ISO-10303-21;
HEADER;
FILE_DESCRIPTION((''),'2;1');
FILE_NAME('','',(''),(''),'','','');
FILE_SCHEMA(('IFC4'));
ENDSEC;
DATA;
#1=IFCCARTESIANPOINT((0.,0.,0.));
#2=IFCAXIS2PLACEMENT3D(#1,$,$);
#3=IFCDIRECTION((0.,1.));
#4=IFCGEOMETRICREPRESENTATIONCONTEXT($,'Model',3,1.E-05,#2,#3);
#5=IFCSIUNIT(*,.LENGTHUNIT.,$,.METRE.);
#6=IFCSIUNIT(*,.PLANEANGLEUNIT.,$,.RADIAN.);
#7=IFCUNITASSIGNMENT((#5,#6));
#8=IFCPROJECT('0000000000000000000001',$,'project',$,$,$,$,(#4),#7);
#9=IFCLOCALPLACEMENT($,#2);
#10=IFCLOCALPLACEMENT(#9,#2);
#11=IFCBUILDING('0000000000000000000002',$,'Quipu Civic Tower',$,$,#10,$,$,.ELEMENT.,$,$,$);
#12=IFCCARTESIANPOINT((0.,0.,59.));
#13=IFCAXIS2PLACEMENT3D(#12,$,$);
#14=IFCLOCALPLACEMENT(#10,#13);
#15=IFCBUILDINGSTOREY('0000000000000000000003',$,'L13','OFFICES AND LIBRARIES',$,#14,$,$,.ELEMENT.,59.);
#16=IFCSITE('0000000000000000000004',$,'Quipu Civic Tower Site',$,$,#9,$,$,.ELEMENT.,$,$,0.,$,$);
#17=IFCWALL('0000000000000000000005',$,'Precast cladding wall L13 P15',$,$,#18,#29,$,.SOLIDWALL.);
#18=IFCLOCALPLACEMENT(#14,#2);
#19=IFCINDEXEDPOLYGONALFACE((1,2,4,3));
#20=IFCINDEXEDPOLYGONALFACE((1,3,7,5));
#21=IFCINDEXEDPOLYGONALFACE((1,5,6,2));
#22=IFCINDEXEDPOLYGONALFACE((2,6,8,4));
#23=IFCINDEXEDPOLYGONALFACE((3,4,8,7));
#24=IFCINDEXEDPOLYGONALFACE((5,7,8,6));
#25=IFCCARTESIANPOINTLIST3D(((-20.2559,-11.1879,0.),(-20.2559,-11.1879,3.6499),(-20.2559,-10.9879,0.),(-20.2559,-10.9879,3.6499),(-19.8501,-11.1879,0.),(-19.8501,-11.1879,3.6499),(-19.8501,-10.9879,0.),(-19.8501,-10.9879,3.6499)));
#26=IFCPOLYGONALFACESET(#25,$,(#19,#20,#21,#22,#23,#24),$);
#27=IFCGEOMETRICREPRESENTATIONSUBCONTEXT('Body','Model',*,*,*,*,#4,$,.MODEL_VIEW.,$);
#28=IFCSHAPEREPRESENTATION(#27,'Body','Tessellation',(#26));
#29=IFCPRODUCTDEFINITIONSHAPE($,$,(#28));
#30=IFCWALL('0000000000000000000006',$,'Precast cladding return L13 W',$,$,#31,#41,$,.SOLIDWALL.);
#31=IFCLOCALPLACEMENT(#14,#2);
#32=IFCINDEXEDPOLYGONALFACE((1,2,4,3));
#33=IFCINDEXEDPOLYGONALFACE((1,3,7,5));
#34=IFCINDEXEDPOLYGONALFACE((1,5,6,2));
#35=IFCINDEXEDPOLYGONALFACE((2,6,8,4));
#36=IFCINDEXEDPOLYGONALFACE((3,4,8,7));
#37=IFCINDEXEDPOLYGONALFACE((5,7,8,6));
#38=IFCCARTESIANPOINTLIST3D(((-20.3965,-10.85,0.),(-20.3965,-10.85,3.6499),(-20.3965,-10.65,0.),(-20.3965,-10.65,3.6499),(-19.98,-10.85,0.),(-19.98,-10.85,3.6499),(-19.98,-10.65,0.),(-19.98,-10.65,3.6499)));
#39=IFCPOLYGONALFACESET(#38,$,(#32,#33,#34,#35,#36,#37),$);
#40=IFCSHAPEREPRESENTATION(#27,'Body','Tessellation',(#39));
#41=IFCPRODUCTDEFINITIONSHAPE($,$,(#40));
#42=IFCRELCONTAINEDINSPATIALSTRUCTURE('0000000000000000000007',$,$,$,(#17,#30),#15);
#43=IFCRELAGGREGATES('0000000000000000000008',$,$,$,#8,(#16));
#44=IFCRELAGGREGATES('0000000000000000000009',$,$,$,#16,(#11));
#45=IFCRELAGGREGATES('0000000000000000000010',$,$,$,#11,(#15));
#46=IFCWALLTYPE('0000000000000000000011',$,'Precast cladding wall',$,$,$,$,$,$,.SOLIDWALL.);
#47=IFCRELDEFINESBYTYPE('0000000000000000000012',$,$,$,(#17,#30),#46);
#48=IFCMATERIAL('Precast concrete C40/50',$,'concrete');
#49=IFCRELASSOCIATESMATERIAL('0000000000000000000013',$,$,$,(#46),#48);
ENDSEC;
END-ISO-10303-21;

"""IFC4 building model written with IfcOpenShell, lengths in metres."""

from ifc_helpers import new_model, si_unit, direction, frame, frame_2d, origin, place, context, subcontext, project, spatial, rectangle, extrude, material, type_object, element, save


model = new_model("IFC4")

# Units and contexts
model_context = context("Model", 3, precision=1e-05, world=origin(), true_north=direction((0.0, 1.0)))
body_context = subcontext(model_context, "Body", "Model", "MODEL_VIEW")
ifc_project = project(units=[si_unit("LENGTHUNIT", "METRE"), si_unit("PLANEANGLEUNIT", "RADIAN")], contexts=[model_context])

# Site, building, storey
site_placement = place(None, origin())
site = spatial("IfcSite", under=ifc_project, at=site_placement, Name="Quipu Civic Tower Site", CompositionType="ELEMENT", RefElevation=0.0)
building_placement = place(site_placement, origin())
building = spatial("IfcBuilding", under=site, at=building_placement, Name="Quipu Civic Tower", CompositionType="ELEMENT")
storey_placement = place(building_placement, frame((0.0, 0.0, 59.0)))
storey = spatial("IfcBuildingStorey", under=building, at=storey_placement, Name="L13", Description="OFFICES AND LIBRARIES", CompositionType="ELEMENT", Elevation=59.0)

# Walls
ifc_material_1 = material(Name="Precast concrete C40/50", Category="concrete")
wall_type_1 = type_object("IfcWallType", Name="Precast cladding wall", PredefinedType="SOLIDWALL", material=ifc_material_1)
wall_1_placement = place(storey_placement, frame((-20.2559, -11.0879, 0.0), z_axis=(0.0, 0.0, 1.0), x_axis=(1.0, 0.0, 0.0)))
element("IfcWall", 1, at=wall_1_placement, inside=storey, type_object=wall_type_1, Name="Precast cladding wall L13 P15", PredefinedType="SOLIDWALL", context=body_context, shape_type="SweptSolid", body=[
    extrude(rectangle(XDim=0.4058, YDim=0.2, at=frame_2d((0.2029, 0.0))), origin(), (0.0, 0.0, 1.0), 3.6499),
])
wall_2_placement = place(storey_placement, frame((-19.98, -10.75, 0.0), z_axis=(0.0, 0.0, 1.0), x_axis=(-1.0, 0.0, 0.0)))
element("IfcWall", 2, at=wall_2_placement, inside=storey, type_object=wall_type_1, Name="Precast cladding return L13 W", PredefinedType="SOLIDWALL", context=body_context, shape_type="SweptSolid", body=[
    extrude(rectangle(XDim=0.4165, YDim=0.2, at=frame_2d((0.2083, 0.0))), origin(), (0.0, 0.0, 1.0), 3.6499),
])

save(model, "model.ifc")
